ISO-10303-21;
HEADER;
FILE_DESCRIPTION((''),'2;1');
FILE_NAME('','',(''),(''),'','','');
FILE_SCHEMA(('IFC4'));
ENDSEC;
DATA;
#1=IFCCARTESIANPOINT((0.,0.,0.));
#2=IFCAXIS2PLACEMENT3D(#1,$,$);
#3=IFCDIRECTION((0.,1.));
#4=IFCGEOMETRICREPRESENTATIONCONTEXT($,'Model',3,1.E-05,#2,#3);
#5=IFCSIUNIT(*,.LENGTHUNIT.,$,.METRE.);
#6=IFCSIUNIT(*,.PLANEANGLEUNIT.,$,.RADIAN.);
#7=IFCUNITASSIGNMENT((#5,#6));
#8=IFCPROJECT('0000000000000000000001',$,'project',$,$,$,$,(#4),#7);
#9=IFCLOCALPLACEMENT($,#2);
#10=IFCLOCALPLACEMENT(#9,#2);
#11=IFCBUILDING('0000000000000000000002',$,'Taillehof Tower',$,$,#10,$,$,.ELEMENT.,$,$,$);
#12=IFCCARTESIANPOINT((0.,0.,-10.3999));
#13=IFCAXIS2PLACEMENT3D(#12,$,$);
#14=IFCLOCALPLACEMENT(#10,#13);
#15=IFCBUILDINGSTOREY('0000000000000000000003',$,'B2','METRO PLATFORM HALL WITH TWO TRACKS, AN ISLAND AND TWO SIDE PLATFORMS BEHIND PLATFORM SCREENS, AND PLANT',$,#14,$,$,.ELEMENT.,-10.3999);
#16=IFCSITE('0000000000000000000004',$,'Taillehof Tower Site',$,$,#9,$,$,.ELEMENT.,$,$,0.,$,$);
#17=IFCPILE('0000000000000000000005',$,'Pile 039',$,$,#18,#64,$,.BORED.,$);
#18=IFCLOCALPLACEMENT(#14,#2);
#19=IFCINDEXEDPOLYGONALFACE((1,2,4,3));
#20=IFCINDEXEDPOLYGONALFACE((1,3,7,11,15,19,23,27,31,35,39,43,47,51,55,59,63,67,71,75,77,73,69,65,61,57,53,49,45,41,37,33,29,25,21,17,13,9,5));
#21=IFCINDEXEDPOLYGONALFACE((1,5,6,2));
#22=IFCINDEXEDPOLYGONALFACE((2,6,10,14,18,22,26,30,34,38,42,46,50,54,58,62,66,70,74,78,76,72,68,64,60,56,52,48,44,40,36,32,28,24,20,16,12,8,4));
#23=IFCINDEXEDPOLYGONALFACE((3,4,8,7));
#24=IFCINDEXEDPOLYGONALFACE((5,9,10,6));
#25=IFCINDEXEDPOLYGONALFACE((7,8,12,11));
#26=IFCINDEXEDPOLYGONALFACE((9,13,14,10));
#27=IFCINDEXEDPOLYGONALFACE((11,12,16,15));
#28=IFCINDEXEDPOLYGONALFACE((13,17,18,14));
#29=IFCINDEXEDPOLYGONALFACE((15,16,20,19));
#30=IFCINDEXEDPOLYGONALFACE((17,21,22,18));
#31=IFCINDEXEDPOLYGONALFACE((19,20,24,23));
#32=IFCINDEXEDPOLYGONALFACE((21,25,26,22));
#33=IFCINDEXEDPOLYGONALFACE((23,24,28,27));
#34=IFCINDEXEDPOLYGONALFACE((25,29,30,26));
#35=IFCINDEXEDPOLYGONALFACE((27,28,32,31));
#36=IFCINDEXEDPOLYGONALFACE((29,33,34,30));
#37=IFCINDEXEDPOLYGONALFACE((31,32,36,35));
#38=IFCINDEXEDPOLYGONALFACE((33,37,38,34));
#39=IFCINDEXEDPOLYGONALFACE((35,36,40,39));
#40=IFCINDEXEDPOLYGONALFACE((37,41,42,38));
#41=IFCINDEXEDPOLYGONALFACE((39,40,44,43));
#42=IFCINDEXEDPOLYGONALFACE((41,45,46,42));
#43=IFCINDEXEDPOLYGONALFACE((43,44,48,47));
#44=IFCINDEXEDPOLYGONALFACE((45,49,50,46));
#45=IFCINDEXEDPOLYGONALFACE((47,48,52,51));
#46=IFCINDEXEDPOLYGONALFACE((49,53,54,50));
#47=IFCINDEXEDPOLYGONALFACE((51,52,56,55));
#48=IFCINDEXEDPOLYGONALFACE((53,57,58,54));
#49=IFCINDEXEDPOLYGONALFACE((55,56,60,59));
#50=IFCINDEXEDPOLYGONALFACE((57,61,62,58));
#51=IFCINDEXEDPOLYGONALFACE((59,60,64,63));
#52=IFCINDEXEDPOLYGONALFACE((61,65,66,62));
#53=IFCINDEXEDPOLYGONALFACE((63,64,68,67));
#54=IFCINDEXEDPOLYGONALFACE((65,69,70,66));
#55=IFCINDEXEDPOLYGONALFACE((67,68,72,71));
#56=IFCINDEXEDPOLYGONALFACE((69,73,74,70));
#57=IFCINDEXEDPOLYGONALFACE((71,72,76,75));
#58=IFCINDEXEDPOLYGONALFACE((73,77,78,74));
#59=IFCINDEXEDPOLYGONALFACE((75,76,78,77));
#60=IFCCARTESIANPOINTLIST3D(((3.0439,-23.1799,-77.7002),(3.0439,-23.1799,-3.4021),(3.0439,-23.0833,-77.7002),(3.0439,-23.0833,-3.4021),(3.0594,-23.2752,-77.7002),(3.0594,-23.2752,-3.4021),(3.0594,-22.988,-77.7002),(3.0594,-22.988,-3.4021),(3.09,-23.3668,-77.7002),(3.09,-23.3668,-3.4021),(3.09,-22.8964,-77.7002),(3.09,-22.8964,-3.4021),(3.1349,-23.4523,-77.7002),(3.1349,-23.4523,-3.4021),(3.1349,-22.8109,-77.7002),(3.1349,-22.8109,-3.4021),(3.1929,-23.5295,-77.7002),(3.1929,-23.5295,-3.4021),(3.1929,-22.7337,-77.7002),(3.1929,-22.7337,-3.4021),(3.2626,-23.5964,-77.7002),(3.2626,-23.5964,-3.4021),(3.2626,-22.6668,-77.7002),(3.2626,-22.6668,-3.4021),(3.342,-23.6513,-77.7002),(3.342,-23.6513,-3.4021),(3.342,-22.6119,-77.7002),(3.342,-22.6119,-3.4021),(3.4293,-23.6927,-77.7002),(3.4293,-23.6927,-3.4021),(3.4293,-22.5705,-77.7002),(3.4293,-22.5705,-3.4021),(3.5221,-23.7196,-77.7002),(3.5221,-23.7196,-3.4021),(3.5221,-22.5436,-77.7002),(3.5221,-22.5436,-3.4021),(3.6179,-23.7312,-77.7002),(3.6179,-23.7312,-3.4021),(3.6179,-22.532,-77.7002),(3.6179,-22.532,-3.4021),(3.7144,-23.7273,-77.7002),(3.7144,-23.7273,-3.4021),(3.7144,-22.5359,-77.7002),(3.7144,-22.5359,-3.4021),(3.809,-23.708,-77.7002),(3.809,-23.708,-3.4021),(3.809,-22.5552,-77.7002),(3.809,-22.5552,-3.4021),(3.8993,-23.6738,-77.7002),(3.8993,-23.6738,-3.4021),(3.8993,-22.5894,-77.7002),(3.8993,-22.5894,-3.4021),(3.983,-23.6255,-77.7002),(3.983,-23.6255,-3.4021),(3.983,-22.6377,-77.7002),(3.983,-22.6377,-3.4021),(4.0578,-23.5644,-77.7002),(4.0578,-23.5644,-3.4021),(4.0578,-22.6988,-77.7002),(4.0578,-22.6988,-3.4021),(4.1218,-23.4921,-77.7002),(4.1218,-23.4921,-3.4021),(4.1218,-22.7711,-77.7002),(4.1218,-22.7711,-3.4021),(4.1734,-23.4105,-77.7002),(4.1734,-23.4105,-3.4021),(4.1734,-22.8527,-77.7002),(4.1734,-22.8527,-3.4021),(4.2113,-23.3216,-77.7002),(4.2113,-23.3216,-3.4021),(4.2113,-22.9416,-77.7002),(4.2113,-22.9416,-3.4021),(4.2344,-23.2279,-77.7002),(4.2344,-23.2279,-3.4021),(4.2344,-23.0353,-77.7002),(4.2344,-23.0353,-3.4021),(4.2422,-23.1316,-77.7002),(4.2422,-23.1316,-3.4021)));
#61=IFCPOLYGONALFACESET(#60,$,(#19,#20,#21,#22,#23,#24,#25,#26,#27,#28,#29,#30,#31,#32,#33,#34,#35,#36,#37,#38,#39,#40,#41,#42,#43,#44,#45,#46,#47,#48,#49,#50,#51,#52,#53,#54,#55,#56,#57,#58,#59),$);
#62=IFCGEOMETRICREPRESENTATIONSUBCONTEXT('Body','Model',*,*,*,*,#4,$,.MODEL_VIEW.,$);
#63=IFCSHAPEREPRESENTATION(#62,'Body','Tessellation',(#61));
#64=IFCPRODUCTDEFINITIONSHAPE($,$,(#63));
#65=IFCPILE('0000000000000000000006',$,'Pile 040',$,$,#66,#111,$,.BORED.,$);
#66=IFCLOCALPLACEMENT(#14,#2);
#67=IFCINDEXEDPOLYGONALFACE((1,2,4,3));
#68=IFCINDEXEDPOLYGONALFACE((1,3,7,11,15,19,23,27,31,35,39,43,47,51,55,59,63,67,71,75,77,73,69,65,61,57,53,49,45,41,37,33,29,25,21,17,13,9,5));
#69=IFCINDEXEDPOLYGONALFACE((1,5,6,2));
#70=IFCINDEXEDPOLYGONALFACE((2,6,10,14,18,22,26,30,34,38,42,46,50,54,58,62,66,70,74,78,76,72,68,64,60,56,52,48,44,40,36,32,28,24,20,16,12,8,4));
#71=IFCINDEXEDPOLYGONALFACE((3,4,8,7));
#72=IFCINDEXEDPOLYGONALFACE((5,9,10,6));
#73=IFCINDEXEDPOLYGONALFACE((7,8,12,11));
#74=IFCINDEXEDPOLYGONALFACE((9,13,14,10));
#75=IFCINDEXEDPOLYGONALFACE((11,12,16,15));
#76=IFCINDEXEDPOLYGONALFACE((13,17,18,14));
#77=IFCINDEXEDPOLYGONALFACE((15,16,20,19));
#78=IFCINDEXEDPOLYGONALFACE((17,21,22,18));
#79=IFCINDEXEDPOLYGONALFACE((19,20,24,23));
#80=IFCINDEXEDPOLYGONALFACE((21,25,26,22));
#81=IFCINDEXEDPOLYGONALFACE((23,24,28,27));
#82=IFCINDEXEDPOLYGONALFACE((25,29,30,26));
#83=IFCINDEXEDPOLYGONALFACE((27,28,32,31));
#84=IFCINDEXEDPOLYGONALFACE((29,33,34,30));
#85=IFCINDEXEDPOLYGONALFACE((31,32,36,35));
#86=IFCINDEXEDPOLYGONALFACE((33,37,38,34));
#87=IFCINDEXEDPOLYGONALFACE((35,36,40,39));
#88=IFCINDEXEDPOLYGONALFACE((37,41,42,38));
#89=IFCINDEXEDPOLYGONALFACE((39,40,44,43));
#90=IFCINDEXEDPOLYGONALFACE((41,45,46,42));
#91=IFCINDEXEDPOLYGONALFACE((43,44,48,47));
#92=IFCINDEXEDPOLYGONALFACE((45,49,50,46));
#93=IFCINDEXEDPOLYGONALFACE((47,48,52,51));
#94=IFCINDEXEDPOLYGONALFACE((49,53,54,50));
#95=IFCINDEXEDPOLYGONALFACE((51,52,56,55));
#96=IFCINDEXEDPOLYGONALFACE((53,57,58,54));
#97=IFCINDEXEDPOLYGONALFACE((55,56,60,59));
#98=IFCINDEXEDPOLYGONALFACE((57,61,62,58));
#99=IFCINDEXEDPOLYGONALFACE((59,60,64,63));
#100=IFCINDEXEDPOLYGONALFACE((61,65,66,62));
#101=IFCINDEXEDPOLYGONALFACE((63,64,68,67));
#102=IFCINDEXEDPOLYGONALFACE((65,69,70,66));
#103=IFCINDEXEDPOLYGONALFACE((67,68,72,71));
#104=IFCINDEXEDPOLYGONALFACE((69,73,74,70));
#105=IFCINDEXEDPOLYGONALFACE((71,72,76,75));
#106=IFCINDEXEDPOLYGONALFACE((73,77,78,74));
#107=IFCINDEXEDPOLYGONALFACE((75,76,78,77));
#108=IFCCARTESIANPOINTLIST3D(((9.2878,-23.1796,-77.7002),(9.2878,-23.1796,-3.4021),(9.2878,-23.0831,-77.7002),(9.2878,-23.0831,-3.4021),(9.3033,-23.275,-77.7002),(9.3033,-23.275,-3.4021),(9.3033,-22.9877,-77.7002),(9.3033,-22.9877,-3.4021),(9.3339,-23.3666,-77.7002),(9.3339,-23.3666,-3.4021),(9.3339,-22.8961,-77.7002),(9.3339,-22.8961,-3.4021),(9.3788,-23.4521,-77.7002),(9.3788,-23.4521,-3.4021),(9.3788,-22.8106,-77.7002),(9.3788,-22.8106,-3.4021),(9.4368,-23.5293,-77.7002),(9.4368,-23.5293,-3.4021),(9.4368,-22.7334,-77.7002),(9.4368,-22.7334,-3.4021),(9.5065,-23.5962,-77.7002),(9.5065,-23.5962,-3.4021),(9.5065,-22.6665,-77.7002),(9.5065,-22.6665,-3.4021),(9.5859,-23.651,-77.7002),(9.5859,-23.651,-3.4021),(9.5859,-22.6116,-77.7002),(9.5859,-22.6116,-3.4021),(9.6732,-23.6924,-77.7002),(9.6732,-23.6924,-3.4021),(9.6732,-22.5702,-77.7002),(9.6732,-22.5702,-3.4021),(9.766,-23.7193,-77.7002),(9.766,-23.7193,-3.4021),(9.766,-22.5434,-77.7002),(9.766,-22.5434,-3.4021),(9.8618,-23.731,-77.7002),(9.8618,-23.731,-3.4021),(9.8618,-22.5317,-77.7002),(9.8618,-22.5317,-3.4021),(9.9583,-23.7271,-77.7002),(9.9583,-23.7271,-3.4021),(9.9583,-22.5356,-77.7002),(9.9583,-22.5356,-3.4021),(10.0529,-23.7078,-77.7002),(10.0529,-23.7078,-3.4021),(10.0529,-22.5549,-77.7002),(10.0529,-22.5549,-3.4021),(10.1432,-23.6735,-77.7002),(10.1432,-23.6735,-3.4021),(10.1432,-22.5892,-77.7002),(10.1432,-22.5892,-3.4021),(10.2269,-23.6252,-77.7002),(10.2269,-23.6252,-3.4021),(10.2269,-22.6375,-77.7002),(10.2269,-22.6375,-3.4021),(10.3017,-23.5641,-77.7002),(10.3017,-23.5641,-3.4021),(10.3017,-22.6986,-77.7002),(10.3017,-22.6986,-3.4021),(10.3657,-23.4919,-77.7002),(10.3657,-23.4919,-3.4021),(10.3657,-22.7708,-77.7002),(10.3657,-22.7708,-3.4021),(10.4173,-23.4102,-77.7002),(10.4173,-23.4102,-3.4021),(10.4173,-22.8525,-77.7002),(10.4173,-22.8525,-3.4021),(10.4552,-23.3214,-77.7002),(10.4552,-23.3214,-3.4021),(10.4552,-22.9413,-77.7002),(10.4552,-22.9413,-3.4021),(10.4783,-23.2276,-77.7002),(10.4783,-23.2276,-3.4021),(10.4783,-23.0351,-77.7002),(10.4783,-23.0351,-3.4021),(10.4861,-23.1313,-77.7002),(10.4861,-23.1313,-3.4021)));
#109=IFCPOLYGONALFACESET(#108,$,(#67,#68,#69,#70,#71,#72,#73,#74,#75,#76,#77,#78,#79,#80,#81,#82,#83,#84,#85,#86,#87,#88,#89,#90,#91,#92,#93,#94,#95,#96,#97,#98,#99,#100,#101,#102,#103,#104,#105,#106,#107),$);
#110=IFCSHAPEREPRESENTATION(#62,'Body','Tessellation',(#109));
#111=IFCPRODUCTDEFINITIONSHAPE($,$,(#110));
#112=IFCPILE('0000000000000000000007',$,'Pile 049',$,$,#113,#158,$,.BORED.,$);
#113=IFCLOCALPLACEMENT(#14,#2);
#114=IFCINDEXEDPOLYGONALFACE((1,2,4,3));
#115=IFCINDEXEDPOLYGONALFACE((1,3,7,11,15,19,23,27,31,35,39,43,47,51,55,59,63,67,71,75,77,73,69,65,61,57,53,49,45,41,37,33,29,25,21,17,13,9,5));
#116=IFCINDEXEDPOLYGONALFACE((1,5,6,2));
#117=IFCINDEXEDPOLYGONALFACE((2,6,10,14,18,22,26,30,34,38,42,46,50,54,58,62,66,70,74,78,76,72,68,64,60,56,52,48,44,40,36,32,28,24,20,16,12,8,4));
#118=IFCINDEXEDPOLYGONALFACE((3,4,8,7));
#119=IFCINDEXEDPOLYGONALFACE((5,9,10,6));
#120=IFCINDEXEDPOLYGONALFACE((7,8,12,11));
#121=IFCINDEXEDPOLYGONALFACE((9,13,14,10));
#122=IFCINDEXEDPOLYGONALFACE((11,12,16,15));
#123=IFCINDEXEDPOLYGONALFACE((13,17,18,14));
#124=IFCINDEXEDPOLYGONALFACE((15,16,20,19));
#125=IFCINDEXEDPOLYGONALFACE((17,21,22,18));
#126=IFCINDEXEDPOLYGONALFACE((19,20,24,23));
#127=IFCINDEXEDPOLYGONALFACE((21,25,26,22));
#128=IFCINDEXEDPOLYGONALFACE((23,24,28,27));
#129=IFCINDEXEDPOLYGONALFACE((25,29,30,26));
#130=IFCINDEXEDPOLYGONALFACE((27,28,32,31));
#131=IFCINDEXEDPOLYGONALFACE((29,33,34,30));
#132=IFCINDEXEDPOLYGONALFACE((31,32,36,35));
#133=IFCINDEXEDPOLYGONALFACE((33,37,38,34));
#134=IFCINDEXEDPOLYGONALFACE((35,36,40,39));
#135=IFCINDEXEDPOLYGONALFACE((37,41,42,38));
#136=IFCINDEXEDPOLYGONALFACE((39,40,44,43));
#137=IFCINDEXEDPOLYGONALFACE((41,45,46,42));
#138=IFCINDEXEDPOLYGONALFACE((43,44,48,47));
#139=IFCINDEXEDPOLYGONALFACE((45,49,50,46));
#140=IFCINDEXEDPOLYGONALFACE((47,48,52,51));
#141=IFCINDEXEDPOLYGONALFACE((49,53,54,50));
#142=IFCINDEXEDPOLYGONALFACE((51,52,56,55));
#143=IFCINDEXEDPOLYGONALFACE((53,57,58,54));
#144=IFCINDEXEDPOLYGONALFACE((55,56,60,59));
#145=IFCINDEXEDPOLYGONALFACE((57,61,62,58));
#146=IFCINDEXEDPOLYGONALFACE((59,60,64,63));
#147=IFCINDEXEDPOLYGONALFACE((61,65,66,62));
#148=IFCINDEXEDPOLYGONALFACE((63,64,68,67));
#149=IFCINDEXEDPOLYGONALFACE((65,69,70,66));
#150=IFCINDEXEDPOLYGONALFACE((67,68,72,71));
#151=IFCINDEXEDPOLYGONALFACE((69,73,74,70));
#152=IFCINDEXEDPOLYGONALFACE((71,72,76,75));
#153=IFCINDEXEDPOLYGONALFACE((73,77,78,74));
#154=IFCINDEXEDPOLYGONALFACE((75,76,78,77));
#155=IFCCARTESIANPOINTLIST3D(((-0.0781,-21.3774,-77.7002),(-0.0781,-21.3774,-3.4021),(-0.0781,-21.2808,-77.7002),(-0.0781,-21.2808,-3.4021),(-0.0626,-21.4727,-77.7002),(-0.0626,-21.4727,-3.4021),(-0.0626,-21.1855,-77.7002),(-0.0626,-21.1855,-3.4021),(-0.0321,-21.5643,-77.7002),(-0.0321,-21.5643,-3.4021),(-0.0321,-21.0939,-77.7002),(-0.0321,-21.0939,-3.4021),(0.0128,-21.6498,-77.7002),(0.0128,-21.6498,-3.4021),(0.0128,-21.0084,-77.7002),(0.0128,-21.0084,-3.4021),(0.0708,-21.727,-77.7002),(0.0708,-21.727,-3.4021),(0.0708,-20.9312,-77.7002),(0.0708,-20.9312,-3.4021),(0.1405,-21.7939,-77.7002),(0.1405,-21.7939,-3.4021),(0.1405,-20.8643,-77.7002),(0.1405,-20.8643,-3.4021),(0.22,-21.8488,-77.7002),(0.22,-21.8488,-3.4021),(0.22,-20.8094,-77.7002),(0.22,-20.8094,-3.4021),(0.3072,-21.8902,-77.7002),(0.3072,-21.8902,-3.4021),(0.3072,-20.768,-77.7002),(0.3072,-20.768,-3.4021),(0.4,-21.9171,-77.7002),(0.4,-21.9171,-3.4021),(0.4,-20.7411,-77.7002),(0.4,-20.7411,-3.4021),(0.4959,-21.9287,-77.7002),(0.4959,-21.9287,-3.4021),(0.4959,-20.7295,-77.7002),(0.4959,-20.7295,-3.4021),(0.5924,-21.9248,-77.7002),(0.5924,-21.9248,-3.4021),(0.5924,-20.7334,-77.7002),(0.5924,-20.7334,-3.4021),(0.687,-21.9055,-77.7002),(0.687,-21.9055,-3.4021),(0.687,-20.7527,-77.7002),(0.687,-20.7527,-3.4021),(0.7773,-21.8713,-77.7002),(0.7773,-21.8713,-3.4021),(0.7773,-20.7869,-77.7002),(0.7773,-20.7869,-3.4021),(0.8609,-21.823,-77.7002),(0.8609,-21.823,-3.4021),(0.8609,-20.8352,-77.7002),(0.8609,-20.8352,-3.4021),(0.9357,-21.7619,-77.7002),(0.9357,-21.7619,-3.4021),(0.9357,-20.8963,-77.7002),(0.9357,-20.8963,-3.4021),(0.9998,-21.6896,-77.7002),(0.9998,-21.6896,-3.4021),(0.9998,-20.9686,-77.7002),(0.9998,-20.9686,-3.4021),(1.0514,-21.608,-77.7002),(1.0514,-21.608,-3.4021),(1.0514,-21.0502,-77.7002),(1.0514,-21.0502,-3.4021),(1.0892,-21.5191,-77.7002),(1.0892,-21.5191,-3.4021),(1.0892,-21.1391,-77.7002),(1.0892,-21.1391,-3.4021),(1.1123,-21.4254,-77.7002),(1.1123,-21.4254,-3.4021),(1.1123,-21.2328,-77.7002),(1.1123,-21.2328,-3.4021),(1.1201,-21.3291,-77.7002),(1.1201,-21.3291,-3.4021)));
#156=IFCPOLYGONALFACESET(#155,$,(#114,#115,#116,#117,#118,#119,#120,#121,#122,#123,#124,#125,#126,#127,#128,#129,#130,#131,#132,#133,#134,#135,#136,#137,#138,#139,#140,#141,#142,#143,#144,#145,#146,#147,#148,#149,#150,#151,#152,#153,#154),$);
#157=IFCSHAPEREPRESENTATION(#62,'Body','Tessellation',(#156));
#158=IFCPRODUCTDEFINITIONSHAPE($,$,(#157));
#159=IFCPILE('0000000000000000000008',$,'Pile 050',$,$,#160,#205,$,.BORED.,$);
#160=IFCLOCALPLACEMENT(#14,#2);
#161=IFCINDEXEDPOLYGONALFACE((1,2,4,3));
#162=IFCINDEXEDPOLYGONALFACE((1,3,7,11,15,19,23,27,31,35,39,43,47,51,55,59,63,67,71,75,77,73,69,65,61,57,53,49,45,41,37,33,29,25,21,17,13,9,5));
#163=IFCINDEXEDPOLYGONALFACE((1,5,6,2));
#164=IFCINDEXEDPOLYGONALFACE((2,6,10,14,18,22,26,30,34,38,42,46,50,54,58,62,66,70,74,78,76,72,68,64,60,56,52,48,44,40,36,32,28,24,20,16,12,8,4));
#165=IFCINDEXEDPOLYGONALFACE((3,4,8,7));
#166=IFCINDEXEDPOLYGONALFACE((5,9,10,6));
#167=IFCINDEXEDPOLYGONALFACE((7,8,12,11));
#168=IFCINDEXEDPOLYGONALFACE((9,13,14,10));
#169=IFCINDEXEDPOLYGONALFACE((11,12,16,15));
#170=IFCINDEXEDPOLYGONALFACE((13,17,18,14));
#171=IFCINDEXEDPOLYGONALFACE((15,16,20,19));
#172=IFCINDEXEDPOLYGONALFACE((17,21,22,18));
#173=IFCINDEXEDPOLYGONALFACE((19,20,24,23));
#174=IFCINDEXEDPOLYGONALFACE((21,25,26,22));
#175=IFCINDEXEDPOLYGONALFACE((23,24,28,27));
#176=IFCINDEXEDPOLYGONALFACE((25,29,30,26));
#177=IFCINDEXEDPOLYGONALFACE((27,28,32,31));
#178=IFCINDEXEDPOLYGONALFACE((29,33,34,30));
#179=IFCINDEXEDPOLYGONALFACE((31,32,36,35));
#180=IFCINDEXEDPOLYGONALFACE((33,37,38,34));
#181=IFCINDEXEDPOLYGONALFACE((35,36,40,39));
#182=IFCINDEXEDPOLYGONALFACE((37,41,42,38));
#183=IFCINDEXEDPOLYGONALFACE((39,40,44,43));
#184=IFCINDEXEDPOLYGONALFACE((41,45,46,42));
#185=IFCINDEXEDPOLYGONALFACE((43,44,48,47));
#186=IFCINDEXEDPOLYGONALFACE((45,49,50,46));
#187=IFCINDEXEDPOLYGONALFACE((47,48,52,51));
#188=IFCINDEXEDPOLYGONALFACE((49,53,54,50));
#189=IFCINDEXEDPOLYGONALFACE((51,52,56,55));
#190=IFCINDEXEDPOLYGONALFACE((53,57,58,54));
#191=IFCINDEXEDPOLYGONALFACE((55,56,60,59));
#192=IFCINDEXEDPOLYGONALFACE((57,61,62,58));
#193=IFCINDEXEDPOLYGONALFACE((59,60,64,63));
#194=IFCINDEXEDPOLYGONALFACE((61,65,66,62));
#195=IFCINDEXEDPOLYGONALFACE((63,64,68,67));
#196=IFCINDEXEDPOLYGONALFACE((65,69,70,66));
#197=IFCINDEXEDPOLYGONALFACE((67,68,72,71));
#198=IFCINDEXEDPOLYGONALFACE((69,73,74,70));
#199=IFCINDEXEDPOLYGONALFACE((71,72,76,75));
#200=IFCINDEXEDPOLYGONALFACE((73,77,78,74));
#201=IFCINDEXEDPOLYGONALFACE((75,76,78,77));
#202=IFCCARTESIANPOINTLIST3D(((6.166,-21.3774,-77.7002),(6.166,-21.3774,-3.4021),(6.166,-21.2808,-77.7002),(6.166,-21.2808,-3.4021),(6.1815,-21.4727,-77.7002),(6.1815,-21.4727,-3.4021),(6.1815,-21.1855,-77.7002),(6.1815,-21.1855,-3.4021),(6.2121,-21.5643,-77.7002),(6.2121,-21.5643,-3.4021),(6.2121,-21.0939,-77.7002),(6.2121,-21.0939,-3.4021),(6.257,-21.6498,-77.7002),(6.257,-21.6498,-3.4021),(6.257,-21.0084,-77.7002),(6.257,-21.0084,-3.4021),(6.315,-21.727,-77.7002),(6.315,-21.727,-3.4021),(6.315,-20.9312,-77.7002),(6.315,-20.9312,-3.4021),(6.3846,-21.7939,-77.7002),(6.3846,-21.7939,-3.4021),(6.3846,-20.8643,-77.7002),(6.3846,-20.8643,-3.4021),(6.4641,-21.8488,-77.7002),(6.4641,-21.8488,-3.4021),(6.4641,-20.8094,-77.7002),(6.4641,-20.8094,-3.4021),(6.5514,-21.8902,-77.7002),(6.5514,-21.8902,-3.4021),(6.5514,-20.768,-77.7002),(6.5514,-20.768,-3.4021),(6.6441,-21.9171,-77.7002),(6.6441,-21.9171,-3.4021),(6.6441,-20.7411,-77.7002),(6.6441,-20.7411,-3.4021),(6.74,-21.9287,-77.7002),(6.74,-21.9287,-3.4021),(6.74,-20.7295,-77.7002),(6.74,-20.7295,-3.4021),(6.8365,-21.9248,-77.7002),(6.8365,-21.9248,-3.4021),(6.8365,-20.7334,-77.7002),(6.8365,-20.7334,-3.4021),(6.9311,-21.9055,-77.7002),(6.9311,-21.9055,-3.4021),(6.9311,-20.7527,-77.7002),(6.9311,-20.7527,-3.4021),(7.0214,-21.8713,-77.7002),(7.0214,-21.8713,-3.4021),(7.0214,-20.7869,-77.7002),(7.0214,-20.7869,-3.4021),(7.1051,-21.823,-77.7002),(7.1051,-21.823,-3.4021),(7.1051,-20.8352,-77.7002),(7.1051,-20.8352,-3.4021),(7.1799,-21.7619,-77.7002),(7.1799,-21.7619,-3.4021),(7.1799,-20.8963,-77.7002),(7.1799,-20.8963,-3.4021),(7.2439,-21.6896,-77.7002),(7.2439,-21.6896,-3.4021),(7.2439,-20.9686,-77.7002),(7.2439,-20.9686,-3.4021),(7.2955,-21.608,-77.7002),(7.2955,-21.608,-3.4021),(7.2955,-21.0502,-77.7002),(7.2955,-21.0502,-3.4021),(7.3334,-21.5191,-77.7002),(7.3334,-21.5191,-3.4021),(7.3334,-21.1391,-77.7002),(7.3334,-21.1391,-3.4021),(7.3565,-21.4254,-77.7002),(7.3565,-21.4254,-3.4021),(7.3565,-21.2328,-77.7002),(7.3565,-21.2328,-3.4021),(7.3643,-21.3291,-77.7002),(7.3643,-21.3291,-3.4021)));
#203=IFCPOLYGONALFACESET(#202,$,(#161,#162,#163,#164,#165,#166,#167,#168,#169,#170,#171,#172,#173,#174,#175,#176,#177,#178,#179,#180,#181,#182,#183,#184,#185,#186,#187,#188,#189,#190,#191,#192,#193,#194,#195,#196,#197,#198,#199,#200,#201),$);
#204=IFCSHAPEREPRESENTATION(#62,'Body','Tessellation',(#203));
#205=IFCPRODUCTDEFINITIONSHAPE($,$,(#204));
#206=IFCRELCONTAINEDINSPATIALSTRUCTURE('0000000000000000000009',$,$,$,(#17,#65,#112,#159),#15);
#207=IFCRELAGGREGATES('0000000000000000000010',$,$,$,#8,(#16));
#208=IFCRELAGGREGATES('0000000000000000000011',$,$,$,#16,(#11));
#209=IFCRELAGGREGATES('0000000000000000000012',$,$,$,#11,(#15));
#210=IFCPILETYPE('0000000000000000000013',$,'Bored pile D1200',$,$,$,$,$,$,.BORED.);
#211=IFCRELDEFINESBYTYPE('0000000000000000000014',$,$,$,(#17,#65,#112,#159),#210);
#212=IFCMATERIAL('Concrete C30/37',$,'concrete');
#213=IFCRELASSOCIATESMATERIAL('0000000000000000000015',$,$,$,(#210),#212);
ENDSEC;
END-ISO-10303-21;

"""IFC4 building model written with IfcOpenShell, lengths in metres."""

from ifc_helpers import new_model, si_unit, direction, frame, origin, origin_2d, place, context, subcontext, project, spatial, circle, extrude, material, material_profile, profile_set, type_object, element, save


model = new_model("IFC4")

# Units and contexts
model_context = context("Model", 3, precision=1e-05, world=origin(), true_north=direction((0.0, 1.0)))
body_context = subcontext(model_context, "Body", "Model", "MODEL_VIEW")
ifc_project = project(units=[si_unit("LENGTHUNIT", "METRE"), si_unit("PLANEANGLEUNIT", "RADIAN")], contexts=[model_context])

# Site, building, storey
site_placement = place(None, origin())
site = spatial("IfcSite", under=ifc_project, at=site_placement, Name="Taillehof Tower Site", CompositionType="ELEMENT", RefElevation=0.0)
building_placement = place(site_placement, origin())
building = spatial("IfcBuilding", under=site, at=building_placement, Name="Taillehof Tower", CompositionType="ELEMENT")
storey_placement = place(building_placement, frame((0.0, 0.0, -10.3999)))
storey = spatial("IfcBuildingStorey", under=building, at=storey_placement, Name="B2", Description="METRO PLATFORM HALL WITH TWO TRACKS, AN ISLAND AND TWO SIDE PLATFORMS BEHIND PLATFORM SCREENS, AND PLANT", CompositionType="ELEMENT", Elevation=-10.3999)

# Piles
ifc_material_1 = material(Name="Concrete C30/37", Category="concrete")
ifc_material_profile_1 = material_profile(ifc_material_1, circle(Radius=0.6001, at=origin_2d()), Name="BP D1200")
ifc_profile_set_1 = profile_set([ifc_material_profile_1], Name="Concrete C30/37")
pile_type = type_object("IfcPileType", Name="Bored pile D1200", PredefinedType="BORED", material=ifc_profile_set_1)
for number, where, z_axis, x_axis, name in (
    (1, (3.6421, -23.1316, -3.4021), (0.0, 0.0, -1.0), (1.0, 0.0, 0.0), "Pile 039"),
    (2, (9.886, -23.1313, -3.4021), (0.0, 0.0, -1.0), (1.0, 0.0, 0.0), "Pile 040"),
    (3, (0.52, -21.3291, -3.4021), (0.0, 0.0, -1.0), (1.0, 0.0, 0.0), "Pile 049"),
    (4, (6.7642, -21.3291, -3.4021), (0.0, 0.0, -1.0), (1.0, 0.0, 0.0), "Pile 050"),
):
    element("IfcPile", number, at=place(storey_placement, frame(where, z_axis=z_axis, x_axis=x_axis)), inside=storey, type_object=pile_type, Name=name, PredefinedType="BORED", context=body_context, shape_type="SweptSolid", body=[
        extrude(circle(Radius=0.6001, at=origin_2d()), origin(), (0.0, 0.0, 1.0), 74.2981),
    ])

save(model, "model.ifc")
